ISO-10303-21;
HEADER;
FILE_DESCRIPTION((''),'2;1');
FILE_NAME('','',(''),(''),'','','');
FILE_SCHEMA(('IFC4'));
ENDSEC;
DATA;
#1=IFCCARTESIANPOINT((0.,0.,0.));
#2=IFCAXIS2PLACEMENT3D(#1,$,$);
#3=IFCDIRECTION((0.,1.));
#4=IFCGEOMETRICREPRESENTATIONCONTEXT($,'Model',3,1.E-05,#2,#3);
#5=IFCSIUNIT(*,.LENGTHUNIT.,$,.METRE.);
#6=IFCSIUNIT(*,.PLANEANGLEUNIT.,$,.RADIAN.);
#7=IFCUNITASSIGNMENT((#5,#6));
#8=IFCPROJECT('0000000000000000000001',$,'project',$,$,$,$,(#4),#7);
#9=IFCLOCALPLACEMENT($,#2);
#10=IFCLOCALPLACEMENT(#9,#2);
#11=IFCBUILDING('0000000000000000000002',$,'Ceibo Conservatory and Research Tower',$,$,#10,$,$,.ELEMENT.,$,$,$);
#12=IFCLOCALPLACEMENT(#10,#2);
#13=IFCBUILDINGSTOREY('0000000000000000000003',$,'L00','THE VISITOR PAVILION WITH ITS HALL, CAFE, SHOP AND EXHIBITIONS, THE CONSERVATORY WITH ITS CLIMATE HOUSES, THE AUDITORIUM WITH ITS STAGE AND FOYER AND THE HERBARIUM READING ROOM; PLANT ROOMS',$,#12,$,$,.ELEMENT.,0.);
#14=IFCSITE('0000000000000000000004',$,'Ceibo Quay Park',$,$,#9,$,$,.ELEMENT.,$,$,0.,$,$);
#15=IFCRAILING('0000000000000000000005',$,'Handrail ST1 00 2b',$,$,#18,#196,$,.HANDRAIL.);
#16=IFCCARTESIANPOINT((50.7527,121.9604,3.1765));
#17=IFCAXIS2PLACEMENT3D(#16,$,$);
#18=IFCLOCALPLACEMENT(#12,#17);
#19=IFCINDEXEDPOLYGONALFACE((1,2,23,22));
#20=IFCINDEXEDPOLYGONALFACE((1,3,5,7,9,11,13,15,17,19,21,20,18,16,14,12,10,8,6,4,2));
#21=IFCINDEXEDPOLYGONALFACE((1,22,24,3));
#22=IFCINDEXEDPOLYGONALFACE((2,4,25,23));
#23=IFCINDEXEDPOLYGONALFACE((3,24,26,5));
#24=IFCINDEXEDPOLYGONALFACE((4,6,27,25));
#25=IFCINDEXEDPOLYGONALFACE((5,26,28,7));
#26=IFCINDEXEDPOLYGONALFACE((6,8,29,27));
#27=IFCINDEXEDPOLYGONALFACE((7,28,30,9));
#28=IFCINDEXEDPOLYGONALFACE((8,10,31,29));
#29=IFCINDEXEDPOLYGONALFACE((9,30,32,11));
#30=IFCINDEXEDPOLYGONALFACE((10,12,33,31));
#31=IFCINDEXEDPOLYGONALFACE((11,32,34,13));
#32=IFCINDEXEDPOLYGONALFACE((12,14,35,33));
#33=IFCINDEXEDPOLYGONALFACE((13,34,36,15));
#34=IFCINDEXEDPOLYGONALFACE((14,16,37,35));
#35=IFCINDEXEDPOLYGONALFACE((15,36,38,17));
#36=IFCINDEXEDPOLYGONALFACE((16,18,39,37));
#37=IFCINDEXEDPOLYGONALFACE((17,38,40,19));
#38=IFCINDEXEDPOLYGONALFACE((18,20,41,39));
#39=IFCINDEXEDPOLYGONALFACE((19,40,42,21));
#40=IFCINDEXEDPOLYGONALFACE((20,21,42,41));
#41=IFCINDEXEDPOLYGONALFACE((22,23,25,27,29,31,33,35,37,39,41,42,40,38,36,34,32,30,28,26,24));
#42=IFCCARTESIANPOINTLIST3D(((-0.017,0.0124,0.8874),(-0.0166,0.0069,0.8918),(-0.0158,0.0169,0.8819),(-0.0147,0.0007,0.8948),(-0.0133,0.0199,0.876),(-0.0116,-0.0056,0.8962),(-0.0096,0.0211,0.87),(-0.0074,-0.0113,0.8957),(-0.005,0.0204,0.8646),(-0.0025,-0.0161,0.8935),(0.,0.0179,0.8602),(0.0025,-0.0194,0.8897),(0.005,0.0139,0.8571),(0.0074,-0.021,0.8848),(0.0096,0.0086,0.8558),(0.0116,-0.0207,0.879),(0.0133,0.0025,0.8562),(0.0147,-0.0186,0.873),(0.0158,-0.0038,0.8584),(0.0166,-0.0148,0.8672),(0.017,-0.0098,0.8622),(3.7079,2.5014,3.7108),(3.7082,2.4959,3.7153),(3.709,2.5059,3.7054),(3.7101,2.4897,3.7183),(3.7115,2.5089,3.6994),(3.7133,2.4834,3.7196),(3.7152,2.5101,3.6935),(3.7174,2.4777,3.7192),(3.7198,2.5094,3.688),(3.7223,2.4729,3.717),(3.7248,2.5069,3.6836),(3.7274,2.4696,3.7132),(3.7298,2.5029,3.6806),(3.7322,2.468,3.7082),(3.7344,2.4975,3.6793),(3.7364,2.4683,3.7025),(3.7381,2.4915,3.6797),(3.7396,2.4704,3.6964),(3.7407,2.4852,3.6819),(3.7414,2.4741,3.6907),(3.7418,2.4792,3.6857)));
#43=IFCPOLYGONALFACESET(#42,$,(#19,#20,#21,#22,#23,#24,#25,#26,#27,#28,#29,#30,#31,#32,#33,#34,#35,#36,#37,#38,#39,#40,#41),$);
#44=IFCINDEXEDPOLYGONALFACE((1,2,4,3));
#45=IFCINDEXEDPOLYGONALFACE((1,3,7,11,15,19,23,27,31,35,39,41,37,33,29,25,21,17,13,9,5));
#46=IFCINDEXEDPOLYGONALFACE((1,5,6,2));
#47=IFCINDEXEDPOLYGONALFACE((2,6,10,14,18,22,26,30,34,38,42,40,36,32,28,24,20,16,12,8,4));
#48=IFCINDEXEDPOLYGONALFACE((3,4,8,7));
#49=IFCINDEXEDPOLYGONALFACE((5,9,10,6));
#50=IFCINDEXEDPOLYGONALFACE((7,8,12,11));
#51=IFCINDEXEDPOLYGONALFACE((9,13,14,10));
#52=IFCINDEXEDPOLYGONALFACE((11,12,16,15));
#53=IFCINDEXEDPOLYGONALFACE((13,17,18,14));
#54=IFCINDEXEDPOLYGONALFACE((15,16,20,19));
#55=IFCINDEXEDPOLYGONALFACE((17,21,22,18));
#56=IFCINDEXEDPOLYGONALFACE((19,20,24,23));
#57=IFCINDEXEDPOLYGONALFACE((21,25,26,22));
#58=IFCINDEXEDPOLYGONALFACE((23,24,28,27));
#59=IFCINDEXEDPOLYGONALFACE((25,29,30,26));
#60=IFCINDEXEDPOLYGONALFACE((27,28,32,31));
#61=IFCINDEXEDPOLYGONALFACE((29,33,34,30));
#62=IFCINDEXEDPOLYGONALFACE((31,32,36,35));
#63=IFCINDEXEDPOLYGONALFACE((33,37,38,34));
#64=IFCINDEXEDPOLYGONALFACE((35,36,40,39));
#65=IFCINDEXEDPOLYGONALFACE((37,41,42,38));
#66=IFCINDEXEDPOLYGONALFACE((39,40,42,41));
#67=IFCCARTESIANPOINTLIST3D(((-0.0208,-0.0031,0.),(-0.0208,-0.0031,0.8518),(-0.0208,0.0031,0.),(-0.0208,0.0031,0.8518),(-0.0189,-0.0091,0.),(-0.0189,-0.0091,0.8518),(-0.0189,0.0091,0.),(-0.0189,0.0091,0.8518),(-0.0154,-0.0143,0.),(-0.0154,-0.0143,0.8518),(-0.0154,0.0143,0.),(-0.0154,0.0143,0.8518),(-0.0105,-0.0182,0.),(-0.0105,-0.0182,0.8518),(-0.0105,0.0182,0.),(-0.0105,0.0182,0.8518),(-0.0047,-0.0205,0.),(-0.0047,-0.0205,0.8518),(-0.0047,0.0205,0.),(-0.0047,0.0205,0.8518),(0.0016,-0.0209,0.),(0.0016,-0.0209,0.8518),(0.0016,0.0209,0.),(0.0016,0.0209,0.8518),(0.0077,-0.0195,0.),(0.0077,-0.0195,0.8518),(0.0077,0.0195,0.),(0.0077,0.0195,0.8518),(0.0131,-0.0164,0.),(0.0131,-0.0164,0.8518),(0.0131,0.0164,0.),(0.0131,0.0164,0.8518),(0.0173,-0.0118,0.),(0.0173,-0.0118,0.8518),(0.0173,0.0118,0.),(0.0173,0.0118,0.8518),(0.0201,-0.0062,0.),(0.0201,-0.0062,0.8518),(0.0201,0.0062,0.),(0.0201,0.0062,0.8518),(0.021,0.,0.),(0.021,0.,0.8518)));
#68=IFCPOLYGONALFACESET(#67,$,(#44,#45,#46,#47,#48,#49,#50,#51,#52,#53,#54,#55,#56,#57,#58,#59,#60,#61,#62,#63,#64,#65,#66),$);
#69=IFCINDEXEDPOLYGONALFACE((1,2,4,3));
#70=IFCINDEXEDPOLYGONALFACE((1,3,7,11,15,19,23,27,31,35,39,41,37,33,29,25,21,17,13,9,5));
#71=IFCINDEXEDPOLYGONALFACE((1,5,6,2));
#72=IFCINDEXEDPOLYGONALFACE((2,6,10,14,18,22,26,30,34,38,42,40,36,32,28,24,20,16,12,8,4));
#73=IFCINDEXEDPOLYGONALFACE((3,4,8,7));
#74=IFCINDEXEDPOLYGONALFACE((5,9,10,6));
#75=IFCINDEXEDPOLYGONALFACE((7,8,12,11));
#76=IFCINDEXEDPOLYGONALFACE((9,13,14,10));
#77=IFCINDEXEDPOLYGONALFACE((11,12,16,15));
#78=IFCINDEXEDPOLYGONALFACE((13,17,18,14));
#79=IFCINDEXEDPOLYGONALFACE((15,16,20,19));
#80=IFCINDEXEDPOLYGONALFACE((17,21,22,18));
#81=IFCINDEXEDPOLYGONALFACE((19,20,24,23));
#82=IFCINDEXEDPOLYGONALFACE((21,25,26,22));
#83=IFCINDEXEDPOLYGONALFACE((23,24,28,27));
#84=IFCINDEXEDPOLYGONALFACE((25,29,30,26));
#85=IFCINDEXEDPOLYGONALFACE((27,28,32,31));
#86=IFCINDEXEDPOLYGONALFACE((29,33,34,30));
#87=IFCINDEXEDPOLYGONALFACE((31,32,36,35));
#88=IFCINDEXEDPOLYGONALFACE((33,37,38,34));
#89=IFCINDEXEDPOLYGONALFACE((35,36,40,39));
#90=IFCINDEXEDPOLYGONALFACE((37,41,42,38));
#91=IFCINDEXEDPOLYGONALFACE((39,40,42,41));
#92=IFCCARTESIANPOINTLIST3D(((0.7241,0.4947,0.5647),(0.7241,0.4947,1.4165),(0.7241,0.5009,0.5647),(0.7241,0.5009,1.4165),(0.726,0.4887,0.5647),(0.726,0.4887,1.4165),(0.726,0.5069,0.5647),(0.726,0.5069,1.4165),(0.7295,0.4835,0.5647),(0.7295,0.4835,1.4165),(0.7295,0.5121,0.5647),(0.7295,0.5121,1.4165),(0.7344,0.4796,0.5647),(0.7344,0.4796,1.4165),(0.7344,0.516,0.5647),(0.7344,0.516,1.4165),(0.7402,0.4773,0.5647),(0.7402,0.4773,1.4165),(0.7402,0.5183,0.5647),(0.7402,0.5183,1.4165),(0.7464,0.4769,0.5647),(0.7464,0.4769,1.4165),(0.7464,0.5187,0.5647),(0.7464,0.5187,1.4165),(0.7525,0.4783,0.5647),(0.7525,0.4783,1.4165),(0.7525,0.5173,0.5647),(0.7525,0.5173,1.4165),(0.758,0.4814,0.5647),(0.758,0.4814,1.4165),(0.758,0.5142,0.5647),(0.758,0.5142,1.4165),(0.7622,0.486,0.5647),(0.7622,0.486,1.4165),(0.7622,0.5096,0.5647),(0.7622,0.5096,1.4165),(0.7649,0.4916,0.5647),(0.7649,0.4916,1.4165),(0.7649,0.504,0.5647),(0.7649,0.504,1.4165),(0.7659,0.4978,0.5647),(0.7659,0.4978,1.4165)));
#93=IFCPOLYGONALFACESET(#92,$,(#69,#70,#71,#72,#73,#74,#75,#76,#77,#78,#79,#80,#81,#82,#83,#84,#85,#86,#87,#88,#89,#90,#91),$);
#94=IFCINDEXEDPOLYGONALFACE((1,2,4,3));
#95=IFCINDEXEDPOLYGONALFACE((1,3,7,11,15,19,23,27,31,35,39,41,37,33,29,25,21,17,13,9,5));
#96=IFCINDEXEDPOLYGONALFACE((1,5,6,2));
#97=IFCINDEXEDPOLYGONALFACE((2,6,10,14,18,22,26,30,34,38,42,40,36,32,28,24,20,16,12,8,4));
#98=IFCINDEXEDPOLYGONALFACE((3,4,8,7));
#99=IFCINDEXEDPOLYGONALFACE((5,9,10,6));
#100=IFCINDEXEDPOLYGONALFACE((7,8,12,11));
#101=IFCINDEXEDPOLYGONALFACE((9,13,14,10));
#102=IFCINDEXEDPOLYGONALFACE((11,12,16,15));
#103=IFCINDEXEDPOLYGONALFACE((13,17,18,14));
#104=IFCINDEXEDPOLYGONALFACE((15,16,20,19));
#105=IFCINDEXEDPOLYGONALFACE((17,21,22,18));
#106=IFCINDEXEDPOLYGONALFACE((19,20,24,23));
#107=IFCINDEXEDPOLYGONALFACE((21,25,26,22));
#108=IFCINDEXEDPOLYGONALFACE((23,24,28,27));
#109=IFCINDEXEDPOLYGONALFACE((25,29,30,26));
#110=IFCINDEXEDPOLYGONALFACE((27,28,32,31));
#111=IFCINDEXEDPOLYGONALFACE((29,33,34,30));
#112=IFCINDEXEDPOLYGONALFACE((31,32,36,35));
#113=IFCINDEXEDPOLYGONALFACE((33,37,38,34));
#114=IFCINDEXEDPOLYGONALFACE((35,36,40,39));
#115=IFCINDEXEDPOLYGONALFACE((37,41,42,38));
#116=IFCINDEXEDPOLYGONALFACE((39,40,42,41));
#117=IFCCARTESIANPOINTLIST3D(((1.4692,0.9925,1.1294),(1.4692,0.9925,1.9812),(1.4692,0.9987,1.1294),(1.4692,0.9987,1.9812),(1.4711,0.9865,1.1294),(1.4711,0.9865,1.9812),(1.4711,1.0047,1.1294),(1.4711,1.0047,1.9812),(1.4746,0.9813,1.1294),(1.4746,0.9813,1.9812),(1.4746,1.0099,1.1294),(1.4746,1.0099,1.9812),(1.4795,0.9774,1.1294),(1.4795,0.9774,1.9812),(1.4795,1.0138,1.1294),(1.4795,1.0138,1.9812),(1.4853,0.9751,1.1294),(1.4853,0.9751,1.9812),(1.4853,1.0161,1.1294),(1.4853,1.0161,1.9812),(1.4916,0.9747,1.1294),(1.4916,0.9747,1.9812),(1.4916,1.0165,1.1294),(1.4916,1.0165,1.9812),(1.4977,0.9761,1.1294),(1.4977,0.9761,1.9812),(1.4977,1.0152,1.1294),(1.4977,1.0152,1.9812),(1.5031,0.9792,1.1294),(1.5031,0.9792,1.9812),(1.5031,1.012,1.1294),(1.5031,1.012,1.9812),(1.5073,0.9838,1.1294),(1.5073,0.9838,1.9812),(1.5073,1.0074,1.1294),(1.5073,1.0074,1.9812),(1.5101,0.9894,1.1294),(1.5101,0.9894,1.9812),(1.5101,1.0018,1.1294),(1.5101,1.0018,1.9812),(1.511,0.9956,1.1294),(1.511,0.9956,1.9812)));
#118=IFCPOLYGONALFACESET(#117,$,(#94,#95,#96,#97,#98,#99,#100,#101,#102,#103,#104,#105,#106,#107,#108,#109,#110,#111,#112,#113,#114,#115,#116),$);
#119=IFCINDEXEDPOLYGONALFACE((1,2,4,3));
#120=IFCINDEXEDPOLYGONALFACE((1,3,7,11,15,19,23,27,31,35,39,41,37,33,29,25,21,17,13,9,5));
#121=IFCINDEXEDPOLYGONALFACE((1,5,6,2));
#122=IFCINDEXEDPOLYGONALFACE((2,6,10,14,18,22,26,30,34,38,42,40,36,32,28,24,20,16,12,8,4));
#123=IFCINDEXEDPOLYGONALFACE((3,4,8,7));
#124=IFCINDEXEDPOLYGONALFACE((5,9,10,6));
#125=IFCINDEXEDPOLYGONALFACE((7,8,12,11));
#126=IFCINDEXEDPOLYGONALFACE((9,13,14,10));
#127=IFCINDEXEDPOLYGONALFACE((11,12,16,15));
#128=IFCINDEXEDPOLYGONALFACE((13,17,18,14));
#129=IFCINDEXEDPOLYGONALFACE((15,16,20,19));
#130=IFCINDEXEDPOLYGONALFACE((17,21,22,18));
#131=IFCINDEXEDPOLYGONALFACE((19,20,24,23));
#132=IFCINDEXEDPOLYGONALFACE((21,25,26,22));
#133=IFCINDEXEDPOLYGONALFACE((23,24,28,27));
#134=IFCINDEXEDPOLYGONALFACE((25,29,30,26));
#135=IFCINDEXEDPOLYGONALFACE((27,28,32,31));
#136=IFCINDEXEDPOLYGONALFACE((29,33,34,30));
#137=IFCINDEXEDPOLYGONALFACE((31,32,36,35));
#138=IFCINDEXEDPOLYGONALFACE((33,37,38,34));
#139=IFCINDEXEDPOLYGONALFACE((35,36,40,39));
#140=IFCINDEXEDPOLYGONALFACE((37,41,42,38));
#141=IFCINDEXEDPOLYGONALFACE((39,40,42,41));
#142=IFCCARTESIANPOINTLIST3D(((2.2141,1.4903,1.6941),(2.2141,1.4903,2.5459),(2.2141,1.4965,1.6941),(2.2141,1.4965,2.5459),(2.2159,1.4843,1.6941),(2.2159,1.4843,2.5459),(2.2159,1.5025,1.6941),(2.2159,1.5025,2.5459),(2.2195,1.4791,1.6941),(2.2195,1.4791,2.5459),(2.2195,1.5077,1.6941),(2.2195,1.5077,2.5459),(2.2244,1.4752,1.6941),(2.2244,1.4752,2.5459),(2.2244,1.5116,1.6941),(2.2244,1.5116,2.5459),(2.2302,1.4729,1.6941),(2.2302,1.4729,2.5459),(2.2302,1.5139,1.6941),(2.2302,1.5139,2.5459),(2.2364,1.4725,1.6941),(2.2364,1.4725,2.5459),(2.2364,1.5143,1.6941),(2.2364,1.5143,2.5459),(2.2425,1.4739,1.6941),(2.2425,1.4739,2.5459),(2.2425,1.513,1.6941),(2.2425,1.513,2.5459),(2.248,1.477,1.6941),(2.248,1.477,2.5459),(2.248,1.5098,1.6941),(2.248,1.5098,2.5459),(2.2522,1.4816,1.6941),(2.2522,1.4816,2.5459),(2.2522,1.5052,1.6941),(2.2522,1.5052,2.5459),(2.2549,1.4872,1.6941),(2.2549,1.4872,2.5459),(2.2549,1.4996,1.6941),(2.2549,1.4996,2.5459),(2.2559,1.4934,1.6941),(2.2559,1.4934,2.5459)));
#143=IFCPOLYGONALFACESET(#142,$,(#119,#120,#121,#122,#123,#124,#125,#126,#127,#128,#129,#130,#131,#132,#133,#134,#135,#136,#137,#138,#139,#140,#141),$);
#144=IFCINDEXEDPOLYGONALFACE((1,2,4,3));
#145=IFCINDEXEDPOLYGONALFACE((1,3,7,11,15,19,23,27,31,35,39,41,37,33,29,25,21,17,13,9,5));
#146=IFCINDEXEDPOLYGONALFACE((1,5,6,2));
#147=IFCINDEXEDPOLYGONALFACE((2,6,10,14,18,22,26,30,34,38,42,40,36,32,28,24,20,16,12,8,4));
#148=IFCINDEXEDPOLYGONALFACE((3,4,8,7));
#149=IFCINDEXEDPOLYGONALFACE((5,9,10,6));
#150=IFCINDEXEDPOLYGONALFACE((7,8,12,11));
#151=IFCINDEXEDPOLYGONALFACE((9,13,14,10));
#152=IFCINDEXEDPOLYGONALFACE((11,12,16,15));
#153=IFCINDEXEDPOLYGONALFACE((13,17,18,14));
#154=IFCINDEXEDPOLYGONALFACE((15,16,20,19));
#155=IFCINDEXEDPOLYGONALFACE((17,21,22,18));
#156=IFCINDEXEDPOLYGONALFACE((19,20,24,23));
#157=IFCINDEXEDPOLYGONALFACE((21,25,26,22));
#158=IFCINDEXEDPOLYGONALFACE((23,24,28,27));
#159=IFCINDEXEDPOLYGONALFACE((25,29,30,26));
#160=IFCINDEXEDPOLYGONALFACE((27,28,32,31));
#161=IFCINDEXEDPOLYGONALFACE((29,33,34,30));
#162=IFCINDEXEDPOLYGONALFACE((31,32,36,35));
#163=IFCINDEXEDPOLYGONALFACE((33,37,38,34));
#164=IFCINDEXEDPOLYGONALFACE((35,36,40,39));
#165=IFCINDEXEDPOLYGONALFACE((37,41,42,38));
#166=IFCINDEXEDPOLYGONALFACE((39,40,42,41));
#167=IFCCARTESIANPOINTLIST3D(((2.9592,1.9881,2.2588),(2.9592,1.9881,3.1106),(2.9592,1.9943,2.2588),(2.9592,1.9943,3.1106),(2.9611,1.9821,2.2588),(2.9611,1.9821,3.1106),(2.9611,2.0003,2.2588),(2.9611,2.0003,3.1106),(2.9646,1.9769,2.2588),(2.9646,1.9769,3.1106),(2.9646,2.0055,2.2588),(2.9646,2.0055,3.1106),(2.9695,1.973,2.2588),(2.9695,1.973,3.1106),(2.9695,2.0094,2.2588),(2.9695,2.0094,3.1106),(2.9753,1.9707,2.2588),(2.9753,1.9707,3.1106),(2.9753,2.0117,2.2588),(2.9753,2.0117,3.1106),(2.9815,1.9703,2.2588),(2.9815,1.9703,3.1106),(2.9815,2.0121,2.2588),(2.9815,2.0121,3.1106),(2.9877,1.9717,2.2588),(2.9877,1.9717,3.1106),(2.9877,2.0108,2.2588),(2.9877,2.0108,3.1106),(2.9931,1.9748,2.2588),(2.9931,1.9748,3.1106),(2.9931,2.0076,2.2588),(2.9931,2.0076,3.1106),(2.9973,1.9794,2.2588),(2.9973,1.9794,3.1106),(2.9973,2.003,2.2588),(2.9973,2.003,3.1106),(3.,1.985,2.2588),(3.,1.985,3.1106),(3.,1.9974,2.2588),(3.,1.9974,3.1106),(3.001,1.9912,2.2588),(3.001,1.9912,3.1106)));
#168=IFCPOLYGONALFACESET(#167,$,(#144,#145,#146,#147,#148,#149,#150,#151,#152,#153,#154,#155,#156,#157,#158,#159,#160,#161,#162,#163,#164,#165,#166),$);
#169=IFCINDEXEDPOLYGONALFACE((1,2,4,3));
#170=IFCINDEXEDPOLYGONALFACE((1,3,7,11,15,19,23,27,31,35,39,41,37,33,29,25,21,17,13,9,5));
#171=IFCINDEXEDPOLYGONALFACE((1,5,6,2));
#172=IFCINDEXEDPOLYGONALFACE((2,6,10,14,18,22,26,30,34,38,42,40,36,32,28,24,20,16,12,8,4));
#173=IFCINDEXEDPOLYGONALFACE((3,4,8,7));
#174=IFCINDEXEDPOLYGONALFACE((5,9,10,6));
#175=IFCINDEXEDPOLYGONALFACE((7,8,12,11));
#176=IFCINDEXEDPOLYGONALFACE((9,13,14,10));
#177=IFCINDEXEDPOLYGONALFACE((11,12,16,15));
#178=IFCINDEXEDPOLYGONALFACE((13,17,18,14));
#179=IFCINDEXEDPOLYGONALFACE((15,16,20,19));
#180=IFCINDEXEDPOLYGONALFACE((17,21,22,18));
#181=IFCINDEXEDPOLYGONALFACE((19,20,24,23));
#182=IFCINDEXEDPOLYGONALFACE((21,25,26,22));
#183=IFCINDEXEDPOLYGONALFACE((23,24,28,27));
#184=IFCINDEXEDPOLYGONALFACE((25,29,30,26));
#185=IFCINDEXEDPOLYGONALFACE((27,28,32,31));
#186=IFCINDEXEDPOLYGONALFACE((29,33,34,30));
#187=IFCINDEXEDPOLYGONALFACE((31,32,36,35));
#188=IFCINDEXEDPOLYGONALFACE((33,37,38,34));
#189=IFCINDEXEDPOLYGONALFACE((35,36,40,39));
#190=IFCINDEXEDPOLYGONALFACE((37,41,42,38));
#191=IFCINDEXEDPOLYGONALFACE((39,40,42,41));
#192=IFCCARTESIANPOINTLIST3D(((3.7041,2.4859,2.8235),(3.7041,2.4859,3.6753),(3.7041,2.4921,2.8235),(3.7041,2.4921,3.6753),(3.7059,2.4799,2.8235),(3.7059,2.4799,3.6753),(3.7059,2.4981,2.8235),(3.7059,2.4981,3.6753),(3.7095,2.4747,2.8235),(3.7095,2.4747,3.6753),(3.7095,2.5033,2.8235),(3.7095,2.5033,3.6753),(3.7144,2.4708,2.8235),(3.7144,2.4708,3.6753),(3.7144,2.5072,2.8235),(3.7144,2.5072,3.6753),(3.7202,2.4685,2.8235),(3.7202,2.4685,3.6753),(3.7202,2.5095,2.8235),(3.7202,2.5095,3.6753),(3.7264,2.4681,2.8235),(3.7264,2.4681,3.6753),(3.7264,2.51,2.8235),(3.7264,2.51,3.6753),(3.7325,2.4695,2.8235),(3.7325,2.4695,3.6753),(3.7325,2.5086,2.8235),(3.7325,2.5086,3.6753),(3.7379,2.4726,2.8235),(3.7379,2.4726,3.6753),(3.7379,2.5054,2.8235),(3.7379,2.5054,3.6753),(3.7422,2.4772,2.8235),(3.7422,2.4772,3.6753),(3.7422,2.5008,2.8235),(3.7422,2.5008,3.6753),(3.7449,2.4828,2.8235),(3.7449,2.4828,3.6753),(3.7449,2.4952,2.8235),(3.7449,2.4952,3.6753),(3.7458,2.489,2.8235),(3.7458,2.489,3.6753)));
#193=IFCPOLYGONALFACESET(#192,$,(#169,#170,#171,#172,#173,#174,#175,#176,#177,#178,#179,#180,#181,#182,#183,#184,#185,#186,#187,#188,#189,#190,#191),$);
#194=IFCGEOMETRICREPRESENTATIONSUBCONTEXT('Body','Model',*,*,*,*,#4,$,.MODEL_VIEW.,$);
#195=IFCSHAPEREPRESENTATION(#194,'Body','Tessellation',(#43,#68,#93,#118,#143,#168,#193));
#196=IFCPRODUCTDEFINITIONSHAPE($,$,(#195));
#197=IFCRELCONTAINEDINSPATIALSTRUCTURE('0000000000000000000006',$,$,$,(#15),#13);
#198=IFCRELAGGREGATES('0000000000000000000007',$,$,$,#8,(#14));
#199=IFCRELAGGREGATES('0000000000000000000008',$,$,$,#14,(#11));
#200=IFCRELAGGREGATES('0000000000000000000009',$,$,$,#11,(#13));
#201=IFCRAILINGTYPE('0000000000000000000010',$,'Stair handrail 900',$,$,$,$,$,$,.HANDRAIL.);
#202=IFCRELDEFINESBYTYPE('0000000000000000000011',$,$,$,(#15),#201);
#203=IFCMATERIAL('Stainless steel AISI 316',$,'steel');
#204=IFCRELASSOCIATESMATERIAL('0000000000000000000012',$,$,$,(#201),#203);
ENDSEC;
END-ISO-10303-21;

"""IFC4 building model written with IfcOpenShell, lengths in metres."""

from ifc_helpers import new_model, si_unit, direction, frame, origin, origin_2d, place, context, subcontext, project, spatial, circle, extrude, material, type_object, element, save


model = new_model("IFC4")

# Units and contexts
model_context = context("Model", 3, precision=1e-05, world=origin(), true_north=direction((0.0, 1.0)))
body_context = subcontext(model_context, "Body", "Model", "MODEL_VIEW")
ifc_project = project(units=[si_unit("LENGTHUNIT", "METRE"), si_unit("PLANEANGLEUNIT", "RADIAN")], contexts=[model_context])

# Site, building, storey
site_placement = place(None, origin())
site = spatial("IfcSite", under=ifc_project, at=site_placement, Name="Ceibo Quay Park", CompositionType="ELEMENT", RefElevation=0.0)
building_placement = place(site_placement, origin())
building = spatial("IfcBuilding", under=site, at=building_placement, Name="Ceibo Conservatory and Research Tower", CompositionType="ELEMENT")
storey_placement = place(building_placement, origin())
storey = spatial("IfcBuildingStorey", under=building, at=storey_placement, Name="L00", Description="THE VISITOR PAVILION WITH ITS HALL, CAFE, SHOP AND EXHIBITIONS, THE CONSERVATORY WITH ITS CLIMATE HOUSES, THE AUDITORIUM WITH ITS STAGE AND FOYER AND THE HERBARIUM READING ROOM; PLANT ROOMS", CompositionType="ELEMENT", Elevation=0.0)

# Shared definitions
ifc_material_1 = material(Name="Stainless steel AISI 316", Category="steel")

# Railing
railing_type = type_object("IfcRailingType", Name="Stair handrail 900", PredefinedType="HANDRAIL", material=ifc_material_1)
railing_1_placement = place(storey_placement, frame((50.7527, 121.9604, 3.1765)))
element("IfcRailing", 1, at=railing_1_placement, inside=storey, type_object=railing_type, Name="Handrail ST1 00 2b", PredefinedType="HANDRAIL", context=body_context, shape_type="SweptSolid", body=[
    extrude(circle(Radius=0.0239, at=origin_2d()), frame((0.0, 0.0, 0.876), z_axis=(0.703406, 0.470029, 0.533191), x_axis=(-0.555593, 0.831455, 0.0)), (0.0, 0.0, 1.0), 5.2954),
    extrude(circle(Radius=0.021, at=origin_2d()), origin(), (0.0, 0.0, 1.0), 0.8518),
    extrude(circle(Radius=0.021, at=origin_2d()), frame((0.7449, 0.4978, 0.5647)), (0.0, 0.0, 1.0), 0.8518),
    extrude(circle(Radius=0.021, at=origin_2d()), frame((1.49, 0.9956, 1.1294)), (0.0, 0.0, 1.0), 0.8518),
    extrude(circle(Radius=0.021, at=origin_2d()), frame((2.2349, 1.4934, 1.6941)), (0.0, 0.0, 1.0), 0.8518),
    extrude(circle(Radius=0.021, at=origin_2d()), frame((2.98, 1.9912, 2.2588)), (0.0, 0.0, 1.0), 0.8518),
    extrude(circle(Radius=0.021, at=origin_2d()), frame((3.7249, 2.489, 2.8235)), (0.0, 0.0, 1.0), 0.8518),
])

save(model, "model.ifc")
